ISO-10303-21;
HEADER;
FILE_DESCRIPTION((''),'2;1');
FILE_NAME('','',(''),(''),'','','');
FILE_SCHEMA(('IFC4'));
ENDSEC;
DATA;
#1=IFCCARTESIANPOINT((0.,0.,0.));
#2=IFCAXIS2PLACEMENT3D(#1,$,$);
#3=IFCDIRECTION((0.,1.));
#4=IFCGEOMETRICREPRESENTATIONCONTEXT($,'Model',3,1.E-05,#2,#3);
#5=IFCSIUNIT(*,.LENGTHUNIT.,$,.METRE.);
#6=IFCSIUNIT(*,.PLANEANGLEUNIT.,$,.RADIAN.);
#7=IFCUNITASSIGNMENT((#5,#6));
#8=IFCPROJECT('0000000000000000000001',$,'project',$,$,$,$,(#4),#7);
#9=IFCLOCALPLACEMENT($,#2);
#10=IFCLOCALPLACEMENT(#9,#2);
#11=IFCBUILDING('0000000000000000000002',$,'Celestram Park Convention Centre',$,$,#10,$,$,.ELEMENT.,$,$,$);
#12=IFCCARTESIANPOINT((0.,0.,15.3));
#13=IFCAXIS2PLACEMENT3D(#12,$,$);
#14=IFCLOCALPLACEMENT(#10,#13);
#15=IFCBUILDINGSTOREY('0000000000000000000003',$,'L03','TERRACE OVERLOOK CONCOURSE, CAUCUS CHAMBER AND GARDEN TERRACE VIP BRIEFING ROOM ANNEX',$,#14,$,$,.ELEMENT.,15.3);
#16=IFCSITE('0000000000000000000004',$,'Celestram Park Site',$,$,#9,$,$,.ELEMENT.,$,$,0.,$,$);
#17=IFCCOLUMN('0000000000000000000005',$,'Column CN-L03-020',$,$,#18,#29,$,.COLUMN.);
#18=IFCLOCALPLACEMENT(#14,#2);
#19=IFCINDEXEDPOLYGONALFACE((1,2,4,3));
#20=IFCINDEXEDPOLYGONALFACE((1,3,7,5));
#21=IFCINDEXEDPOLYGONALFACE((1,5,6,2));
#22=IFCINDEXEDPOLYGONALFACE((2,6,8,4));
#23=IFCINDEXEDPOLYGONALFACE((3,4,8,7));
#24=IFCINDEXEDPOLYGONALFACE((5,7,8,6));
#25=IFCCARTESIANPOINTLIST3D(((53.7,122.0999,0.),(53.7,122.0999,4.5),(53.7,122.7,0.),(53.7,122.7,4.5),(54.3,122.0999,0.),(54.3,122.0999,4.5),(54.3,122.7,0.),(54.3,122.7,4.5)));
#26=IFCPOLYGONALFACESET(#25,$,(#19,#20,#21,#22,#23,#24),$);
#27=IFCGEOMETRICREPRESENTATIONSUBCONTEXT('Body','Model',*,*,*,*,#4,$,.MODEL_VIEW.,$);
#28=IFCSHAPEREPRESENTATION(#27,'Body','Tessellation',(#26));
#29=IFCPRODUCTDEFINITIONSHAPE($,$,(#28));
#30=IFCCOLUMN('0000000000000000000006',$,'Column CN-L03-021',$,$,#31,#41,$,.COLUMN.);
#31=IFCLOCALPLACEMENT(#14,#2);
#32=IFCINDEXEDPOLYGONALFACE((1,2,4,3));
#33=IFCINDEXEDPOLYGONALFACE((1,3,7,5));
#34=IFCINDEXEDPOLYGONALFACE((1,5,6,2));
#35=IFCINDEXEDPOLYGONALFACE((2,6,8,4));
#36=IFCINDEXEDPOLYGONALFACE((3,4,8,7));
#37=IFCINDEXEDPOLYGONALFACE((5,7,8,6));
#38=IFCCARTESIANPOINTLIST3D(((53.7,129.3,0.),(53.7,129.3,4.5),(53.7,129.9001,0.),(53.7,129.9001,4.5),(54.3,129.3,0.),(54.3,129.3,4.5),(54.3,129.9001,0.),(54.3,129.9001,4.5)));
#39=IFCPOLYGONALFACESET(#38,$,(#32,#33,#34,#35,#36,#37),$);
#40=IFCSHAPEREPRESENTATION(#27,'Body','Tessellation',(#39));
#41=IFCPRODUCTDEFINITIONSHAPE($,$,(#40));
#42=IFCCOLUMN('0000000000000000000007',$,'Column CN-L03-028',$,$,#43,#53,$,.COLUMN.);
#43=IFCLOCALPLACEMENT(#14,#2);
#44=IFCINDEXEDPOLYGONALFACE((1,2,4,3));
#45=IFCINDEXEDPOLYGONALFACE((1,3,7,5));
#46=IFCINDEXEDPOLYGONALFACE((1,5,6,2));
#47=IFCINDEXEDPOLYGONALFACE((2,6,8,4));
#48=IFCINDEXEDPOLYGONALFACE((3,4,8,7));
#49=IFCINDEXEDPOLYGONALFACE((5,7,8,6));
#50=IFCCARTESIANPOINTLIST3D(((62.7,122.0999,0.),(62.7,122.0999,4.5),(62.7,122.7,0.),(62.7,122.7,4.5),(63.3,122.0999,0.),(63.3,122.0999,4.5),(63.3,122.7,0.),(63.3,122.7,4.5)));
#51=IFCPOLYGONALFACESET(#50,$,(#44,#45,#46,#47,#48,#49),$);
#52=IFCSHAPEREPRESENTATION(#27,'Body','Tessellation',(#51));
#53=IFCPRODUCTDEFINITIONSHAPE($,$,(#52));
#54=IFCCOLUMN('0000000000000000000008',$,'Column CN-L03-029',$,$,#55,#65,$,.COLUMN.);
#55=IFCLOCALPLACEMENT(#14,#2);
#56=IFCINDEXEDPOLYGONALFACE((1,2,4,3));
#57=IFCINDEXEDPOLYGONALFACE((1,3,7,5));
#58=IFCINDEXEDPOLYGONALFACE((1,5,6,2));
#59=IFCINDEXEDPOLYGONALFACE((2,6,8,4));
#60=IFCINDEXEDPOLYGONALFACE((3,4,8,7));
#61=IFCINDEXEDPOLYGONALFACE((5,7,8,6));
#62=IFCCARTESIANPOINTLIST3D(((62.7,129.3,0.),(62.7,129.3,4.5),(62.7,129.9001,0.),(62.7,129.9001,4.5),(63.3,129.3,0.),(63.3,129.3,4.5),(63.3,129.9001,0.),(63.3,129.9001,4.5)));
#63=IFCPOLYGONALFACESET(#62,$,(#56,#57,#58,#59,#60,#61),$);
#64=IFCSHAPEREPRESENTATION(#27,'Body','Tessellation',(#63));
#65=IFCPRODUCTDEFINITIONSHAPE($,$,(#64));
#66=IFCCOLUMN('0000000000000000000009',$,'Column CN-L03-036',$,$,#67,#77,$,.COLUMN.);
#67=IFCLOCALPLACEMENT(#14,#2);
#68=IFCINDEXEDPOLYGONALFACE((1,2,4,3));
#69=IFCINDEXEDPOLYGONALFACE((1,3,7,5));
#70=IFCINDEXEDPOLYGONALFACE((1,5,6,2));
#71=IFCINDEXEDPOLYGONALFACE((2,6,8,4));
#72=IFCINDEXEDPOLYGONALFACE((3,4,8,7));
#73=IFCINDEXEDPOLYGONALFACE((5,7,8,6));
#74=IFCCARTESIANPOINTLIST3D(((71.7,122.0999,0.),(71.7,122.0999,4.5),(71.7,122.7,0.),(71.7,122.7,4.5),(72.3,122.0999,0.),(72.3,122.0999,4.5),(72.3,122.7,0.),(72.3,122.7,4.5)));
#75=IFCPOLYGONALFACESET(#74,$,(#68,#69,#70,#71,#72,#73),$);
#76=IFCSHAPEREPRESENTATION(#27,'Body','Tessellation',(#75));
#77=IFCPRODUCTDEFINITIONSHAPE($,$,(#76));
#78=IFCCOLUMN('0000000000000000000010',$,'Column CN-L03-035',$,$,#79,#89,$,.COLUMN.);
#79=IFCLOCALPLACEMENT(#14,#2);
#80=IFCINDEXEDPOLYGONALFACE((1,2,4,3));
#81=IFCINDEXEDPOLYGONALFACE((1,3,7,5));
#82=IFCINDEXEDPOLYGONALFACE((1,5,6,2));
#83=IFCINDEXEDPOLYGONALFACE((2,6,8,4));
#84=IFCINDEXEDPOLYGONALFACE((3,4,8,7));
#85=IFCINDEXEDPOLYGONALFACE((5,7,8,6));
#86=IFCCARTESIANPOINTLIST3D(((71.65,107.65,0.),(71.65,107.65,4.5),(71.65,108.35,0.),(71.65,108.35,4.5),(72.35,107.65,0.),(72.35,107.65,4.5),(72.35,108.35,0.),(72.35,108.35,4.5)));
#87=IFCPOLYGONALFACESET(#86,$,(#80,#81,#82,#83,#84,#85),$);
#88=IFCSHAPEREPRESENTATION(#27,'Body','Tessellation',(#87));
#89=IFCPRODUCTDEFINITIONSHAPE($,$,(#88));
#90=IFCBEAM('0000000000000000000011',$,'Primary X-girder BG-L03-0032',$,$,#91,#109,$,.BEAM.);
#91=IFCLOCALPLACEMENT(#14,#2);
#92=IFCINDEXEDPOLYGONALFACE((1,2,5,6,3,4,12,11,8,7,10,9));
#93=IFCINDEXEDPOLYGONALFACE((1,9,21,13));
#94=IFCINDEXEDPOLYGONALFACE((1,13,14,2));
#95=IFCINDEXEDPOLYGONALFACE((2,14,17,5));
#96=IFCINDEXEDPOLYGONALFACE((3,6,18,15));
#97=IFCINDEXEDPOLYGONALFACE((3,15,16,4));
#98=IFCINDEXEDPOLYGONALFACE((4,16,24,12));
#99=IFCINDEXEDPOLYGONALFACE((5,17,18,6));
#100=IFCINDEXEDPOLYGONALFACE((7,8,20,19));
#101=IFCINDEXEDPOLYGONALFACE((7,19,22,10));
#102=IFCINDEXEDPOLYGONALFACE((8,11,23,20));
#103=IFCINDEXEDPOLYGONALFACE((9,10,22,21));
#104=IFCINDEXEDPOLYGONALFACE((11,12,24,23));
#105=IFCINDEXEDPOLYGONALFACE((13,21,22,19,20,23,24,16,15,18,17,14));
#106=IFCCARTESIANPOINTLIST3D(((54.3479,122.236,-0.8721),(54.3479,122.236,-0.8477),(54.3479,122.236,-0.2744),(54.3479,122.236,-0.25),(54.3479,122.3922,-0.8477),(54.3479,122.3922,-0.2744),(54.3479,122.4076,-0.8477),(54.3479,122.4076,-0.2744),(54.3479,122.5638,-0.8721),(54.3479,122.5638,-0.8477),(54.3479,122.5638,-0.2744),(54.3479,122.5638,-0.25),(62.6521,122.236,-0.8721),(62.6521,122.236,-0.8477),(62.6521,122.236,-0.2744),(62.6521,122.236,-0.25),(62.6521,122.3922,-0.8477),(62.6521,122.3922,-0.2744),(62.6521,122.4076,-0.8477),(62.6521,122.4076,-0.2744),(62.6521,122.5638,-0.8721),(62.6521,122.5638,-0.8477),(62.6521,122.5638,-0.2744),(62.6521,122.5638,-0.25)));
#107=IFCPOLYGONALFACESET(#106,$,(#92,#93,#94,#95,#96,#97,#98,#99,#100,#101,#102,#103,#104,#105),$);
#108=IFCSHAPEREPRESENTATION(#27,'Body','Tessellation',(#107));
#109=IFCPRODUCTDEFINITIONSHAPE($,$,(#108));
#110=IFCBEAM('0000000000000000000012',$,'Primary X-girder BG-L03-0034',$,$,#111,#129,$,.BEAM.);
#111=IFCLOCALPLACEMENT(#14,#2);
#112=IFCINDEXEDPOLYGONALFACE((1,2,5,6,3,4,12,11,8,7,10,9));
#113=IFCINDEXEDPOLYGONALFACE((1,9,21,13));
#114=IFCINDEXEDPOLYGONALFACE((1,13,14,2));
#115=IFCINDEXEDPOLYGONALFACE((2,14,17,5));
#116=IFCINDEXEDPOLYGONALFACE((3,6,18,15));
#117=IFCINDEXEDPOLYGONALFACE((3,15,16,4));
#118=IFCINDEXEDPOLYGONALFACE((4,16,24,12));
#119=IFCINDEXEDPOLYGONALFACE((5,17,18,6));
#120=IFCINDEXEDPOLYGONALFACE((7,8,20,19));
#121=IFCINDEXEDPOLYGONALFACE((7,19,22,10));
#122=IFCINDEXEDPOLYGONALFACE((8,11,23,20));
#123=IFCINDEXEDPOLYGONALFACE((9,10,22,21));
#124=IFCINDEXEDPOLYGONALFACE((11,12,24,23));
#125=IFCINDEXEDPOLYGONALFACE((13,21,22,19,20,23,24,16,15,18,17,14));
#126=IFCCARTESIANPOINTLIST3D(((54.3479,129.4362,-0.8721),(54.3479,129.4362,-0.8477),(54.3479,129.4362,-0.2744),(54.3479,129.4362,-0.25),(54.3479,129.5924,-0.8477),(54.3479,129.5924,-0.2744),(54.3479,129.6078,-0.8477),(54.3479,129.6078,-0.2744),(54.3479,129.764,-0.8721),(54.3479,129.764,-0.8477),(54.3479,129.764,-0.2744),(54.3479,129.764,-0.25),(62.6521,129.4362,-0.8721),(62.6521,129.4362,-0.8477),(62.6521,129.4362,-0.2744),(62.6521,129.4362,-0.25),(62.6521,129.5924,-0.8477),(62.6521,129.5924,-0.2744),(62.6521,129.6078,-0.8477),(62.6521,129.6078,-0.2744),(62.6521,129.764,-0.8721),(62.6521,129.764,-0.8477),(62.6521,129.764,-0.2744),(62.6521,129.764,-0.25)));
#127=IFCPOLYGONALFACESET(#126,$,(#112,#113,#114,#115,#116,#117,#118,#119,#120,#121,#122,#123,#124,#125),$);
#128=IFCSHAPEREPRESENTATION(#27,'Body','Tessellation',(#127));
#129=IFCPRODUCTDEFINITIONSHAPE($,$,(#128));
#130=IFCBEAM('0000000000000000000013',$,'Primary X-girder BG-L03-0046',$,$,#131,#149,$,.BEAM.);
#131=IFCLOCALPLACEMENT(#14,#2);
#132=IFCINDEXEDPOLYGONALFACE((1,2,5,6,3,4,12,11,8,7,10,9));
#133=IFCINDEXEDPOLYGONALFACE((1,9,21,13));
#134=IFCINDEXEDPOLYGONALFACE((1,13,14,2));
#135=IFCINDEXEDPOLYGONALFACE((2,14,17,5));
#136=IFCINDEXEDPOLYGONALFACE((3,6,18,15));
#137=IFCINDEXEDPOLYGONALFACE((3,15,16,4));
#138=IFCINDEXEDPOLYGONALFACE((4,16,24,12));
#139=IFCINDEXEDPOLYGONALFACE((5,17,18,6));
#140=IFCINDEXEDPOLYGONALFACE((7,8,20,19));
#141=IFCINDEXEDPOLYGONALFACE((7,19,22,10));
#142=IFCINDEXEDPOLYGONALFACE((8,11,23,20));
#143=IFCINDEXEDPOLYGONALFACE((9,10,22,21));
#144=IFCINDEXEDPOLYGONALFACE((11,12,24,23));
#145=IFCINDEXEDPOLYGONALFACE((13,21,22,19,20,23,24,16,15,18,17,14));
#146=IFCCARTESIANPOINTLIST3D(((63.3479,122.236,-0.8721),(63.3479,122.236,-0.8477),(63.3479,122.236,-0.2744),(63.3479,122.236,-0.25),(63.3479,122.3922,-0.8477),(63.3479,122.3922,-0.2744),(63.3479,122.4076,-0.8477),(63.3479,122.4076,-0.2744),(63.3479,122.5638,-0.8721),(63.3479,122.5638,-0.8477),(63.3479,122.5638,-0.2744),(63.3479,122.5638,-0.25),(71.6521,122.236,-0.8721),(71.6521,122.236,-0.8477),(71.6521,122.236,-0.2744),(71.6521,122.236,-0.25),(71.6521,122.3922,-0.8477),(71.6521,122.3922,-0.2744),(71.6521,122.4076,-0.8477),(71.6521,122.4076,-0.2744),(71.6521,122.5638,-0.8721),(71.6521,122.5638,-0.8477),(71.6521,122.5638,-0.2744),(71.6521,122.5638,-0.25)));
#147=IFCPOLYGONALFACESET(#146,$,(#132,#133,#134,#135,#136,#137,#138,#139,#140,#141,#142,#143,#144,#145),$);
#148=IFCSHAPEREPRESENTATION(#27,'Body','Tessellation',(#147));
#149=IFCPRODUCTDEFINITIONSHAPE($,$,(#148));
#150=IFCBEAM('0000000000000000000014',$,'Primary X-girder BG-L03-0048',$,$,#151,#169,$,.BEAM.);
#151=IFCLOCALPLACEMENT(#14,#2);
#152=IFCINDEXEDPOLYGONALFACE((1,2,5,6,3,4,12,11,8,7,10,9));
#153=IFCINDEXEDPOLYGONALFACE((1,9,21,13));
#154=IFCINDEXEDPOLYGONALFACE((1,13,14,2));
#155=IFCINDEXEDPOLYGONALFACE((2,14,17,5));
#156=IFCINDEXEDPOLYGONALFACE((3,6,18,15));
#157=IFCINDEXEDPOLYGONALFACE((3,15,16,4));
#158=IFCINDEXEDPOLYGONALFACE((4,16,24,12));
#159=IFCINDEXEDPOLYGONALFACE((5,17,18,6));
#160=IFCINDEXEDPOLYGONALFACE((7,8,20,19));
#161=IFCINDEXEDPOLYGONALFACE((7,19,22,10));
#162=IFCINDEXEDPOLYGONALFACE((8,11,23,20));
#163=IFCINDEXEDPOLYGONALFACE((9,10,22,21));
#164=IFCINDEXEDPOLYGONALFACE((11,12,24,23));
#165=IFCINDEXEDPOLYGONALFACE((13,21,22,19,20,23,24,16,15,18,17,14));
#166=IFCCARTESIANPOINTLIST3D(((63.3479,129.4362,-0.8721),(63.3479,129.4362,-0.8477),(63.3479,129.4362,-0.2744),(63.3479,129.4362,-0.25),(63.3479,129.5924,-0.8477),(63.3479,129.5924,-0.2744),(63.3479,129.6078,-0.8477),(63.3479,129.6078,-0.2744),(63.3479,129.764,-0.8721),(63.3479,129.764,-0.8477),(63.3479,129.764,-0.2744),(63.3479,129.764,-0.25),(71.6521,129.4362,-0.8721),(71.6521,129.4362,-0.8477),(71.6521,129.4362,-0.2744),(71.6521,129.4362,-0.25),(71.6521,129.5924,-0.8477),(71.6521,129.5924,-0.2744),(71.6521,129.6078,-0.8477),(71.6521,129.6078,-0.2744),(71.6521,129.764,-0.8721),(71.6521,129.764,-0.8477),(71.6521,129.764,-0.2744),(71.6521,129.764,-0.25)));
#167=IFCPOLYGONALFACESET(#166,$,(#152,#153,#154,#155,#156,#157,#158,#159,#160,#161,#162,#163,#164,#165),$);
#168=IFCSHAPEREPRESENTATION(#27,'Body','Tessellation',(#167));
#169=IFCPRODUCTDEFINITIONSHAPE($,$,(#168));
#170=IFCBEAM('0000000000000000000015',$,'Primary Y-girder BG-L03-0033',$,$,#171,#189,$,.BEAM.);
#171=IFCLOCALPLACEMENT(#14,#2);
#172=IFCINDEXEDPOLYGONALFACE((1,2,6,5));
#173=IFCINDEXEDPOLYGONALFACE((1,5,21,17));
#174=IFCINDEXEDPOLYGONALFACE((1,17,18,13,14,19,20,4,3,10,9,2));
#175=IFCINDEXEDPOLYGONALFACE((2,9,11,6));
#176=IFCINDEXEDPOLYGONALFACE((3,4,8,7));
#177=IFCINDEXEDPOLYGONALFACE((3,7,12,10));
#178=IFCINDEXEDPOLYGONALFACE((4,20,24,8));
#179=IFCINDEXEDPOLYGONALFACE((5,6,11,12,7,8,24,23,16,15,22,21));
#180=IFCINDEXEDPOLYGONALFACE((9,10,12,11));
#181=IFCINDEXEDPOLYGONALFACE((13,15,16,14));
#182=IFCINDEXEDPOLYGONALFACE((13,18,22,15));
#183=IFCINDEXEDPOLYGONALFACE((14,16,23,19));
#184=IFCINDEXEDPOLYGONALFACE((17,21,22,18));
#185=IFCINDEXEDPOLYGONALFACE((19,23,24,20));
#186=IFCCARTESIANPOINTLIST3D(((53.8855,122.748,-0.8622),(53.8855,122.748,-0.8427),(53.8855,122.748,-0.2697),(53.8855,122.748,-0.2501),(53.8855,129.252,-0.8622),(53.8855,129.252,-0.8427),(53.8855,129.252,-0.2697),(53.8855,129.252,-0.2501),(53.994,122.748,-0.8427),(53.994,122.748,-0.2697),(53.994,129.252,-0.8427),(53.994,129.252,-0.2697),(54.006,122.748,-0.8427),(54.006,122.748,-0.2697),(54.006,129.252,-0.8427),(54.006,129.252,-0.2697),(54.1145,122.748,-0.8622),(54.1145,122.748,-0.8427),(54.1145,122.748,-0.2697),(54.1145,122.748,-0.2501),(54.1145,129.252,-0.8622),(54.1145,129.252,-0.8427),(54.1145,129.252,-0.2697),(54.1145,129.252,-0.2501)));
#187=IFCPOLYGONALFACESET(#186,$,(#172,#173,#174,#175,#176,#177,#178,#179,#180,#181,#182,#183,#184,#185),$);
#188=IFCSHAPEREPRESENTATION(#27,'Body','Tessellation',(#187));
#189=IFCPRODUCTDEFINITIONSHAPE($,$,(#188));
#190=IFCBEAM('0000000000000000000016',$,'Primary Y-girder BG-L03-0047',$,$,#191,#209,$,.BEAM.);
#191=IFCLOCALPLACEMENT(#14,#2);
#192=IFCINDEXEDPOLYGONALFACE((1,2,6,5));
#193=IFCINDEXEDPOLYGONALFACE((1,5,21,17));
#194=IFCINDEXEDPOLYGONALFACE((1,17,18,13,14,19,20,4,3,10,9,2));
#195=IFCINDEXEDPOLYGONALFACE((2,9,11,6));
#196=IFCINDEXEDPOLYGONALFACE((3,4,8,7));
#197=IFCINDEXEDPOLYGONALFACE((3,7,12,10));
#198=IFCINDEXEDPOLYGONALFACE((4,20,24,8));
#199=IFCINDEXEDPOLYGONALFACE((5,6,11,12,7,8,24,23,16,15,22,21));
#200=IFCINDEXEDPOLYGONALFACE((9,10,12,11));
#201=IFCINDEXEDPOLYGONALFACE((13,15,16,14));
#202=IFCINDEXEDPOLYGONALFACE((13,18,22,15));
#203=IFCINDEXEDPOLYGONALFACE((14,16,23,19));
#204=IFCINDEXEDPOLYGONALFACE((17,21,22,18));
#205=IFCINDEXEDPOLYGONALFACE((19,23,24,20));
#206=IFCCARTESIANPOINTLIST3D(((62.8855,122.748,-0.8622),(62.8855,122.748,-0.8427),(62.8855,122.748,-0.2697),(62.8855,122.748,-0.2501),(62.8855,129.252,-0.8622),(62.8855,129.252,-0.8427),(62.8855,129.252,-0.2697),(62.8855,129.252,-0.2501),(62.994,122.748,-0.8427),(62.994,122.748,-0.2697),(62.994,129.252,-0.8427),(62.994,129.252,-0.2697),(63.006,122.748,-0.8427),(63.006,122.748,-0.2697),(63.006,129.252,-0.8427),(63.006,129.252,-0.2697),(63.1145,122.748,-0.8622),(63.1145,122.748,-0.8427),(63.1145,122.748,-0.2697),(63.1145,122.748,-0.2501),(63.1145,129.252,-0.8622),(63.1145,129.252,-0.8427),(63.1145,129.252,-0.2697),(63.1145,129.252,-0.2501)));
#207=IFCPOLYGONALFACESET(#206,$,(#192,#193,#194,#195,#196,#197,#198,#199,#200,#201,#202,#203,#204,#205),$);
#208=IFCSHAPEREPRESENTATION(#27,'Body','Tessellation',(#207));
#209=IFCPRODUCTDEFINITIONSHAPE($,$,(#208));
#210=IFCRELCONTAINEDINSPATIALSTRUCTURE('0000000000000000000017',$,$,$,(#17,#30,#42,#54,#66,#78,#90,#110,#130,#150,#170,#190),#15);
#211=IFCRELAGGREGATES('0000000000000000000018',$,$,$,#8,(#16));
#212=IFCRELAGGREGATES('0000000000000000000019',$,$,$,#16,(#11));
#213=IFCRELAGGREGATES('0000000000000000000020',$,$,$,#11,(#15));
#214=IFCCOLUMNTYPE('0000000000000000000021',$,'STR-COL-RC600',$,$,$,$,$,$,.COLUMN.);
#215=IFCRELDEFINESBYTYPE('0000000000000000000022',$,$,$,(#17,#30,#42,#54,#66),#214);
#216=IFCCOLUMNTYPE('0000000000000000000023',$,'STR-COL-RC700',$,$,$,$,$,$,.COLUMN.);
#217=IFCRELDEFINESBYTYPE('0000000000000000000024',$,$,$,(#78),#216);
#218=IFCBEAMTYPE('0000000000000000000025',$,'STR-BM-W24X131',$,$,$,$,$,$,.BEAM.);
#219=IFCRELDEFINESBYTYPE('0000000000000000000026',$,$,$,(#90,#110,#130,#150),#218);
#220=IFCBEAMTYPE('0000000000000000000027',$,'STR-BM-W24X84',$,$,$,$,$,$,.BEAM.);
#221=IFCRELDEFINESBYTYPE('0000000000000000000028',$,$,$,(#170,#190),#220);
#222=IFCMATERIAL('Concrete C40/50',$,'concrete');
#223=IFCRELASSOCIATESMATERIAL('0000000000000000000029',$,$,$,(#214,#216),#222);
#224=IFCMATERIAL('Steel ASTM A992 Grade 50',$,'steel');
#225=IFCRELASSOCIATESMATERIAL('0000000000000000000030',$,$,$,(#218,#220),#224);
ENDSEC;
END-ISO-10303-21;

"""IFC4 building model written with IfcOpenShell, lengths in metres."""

from ifc_helpers import new_model, si_unit, direction, frame, origin, origin_2d, place, context, subcontext, project, spatial, rectangle, i_section, extrude, material, material_profile, profile_set, type_object, element, save


model = new_model("IFC4")

# Units and contexts
model_context = context("Model", 3, precision=1e-05, world=origin(), true_north=direction((0.0, 1.0)))
body_context = subcontext(model_context, "Body", "Model", "MODEL_VIEW")
ifc_project = project(units=[si_unit("LENGTHUNIT", "METRE"), si_unit("PLANEANGLEUNIT", "RADIAN")], contexts=[model_context])

# Site, building, storey
site_placement = place(None, origin())
site = spatial("IfcSite", under=ifc_project, at=site_placement, Name="Celestram Park Site", CompositionType="ELEMENT", RefElevation=0.0)
building_placement = place(site_placement, origin())
building = spatial("IfcBuilding", under=site, at=building_placement, Name="Celestram Park Convention Centre", CompositionType="ELEMENT")
storey_placement = place(building_placement, frame((0.0, 0.0, 15.3)))
storey = spatial("IfcBuildingStorey", under=building, at=storey_placement, Name="L03", Description="TERRACE OVERLOOK CONCOURSE, CAUCUS CHAMBER AND GARDEN TERRACE VIP BRIEFING ROOM ANNEX", CompositionType="ELEMENT", Elevation=15.3)

# Columns
ifc_material_1 = material(Name="Concrete C40/50", Category="concrete")
ifc_material_profile_1 = material_profile(ifc_material_1, rectangle(XDim=0.6001, YDim=0.6001, at=origin_2d()), Name="RC600X600")
ifc_profile_set_1 = profile_set([ifc_material_profile_1], Name="Concrete C40/50")
column_type_1 = type_object("IfcColumnType", Name="STR-COL-RC600", PredefinedType="COLUMN", material=ifc_profile_set_1)
for number, where, z_axis, x_axis, name in (
    (1, (54.0, 122.3999, 0.0), (0.0, 0.0, 1.0), (1.0, 0.0, 0.0), "Column CN-L03-020"),
    (2, (54.0, 129.6001, 0.0), (0.0, 0.0, 1.0), (1.0, 0.0, 0.0), "Column CN-L03-021"),
    (3, (63.0, 122.3999, 0.0), (0.0, 0.0, 1.0), (1.0, 0.0, 0.0), "Column CN-L03-028"),
    (4, (63.0, 129.6001, 0.0), (0.0, 0.0, 1.0), (1.0, 0.0, 0.0), "Column CN-L03-029"),
    (5, (72.0, 122.3999, 0.0), (0.0, 0.0, 1.0), (1.0, 0.0, 0.0), "Column CN-L03-036"),
):
    element("IfcColumn", number, at=place(storey_placement, frame(where, z_axis=z_axis, x_axis=x_axis)), inside=storey, type_object=column_type_1, Name=name, PredefinedType="COLUMN", context=body_context, shape_type="SweptSolid", body=[
        extrude(rectangle(XDim=0.6001, YDim=0.6001, at=origin_2d()), origin(), (0.0, 0.0, 1.0), 4.5),
    ])
ifc_material_profile_2 = material_profile(ifc_material_1, rectangle(XDim=0.7, YDim=0.7, at=origin_2d()), Name="RC700X700")
ifc_profile_set_2 = profile_set([ifc_material_profile_2], Name="Concrete C40/50")
column_type_2 = type_object("IfcColumnType", Name="STR-COL-RC700", PredefinedType="COLUMN", material=ifc_profile_set_2)
column_placement = place(storey_placement, frame((72.0, 108.0, 0.0), z_axis=(0.0, 0.0, 1.0), x_axis=(1.0, 0.0, 0.0)))
element("IfcColumn", 6, at=column_placement, inside=storey, type_object=column_type_2, Name="Column CN-L03-035", PredefinedType="COLUMN", context=body_context, shape_type="SweptSolid", body=[
    extrude(rectangle(XDim=0.7, YDim=0.7, at=origin_2d()), origin(), (0.0, 0.0, 1.0), 4.5),
])

# Beams
ifc_material_2 = material(Name="Steel ASTM A992 Grade 50", Category="steel")
ifc_material_profile_3 = material_profile(ifc_material_2, i_section(OverallWidth=0.3279, OverallDepth=0.6221, WebThickness=0.0154, FlangeThickness=0.0244, at=origin_2d()), Name="W24X131")
ifc_profile_set_3 = profile_set([ifc_material_profile_3], Name="Steel ASTM A992 Grade 50")
beam_type_1 = type_object("IfcBeamType", Name="STR-BM-W24X131", PredefinedType="BEAM", material=ifc_profile_set_3)
for number, where, z_axis, x_axis, name in (
    (7, (54.3479, 122.3999, -0.561), (1.0, 0.0, 0.0), (0.0, 1.0, 0.0), "Primary X-girder BG-L03-0032"),
    (8, (54.3479, 129.6001, -0.561), (1.0, 0.0, 0.0), (0.0, 1.0, 0.0), "Primary X-girder BG-L03-0034"),
    (9, (63.3479, 122.3999, -0.561), (1.0, 0.0, 0.0), (0.0, 1.0, 0.0), "Primary X-girder BG-L03-0046"),
    (10, (63.3479, 129.6001, -0.561), (1.0, 0.0, 0.0), (0.0, 1.0, 0.0), "Primary X-girder BG-L03-0048"),
):
    element("IfcBeam", number, at=place(storey_placement, frame(where, z_axis=z_axis, x_axis=x_axis)), inside=storey, type_object=beam_type_1, Name=name, PredefinedType="BEAM", context=body_context, shape_type="SweptSolid", body=[
        extrude(i_section(OverallWidth=0.3279, OverallDepth=0.6221, WebThickness=0.0154, FlangeThickness=0.0244, at=origin_2d()), origin(), (0.0, 0.0, 1.0), 8.3042),
    ])
ifc_material_profile_4 = material_profile(ifc_material_2, i_section(OverallWidth=0.229, OverallDepth=0.6121, WebThickness=0.012, FlangeThickness=0.0195, at=origin_2d()), Name="W24X84")
ifc_profile_set_4 = profile_set([ifc_material_profile_4], Name="Steel ASTM A992 Grade 50")
beam_type_2 = type_object("IfcBeamType", Name="STR-BM-W24X84", PredefinedType="BEAM", material=ifc_profile_set_4)
for number, where, z_axis, x_axis, name in (
    (11, (54.0, 122.748, -0.5562), (0.0, 1.0, 0.0), (-1.0, 0.0, 0.0), "Primary Y-girder BG-L03-0033"),
    (12, (63.0, 122.748, -0.5562), (0.0, 1.0, 0.0), (-1.0, 0.0, 0.0), "Primary Y-girder BG-L03-0047"),
):
    element("IfcBeam", number, at=place(storey_placement, frame(where, z_axis=z_axis, x_axis=x_axis)), inside=storey, type_object=beam_type_2, Name=name, PredefinedType="BEAM", context=body_context, shape_type="SweptSolid", body=[
        extrude(i_section(OverallWidth=0.229, OverallDepth=0.6121, WebThickness=0.012, FlangeThickness=0.0195, at=origin_2d()), origin(), (0.0, 0.0, 1.0), 6.5039),
    ])

save(model, "model.ifc")
